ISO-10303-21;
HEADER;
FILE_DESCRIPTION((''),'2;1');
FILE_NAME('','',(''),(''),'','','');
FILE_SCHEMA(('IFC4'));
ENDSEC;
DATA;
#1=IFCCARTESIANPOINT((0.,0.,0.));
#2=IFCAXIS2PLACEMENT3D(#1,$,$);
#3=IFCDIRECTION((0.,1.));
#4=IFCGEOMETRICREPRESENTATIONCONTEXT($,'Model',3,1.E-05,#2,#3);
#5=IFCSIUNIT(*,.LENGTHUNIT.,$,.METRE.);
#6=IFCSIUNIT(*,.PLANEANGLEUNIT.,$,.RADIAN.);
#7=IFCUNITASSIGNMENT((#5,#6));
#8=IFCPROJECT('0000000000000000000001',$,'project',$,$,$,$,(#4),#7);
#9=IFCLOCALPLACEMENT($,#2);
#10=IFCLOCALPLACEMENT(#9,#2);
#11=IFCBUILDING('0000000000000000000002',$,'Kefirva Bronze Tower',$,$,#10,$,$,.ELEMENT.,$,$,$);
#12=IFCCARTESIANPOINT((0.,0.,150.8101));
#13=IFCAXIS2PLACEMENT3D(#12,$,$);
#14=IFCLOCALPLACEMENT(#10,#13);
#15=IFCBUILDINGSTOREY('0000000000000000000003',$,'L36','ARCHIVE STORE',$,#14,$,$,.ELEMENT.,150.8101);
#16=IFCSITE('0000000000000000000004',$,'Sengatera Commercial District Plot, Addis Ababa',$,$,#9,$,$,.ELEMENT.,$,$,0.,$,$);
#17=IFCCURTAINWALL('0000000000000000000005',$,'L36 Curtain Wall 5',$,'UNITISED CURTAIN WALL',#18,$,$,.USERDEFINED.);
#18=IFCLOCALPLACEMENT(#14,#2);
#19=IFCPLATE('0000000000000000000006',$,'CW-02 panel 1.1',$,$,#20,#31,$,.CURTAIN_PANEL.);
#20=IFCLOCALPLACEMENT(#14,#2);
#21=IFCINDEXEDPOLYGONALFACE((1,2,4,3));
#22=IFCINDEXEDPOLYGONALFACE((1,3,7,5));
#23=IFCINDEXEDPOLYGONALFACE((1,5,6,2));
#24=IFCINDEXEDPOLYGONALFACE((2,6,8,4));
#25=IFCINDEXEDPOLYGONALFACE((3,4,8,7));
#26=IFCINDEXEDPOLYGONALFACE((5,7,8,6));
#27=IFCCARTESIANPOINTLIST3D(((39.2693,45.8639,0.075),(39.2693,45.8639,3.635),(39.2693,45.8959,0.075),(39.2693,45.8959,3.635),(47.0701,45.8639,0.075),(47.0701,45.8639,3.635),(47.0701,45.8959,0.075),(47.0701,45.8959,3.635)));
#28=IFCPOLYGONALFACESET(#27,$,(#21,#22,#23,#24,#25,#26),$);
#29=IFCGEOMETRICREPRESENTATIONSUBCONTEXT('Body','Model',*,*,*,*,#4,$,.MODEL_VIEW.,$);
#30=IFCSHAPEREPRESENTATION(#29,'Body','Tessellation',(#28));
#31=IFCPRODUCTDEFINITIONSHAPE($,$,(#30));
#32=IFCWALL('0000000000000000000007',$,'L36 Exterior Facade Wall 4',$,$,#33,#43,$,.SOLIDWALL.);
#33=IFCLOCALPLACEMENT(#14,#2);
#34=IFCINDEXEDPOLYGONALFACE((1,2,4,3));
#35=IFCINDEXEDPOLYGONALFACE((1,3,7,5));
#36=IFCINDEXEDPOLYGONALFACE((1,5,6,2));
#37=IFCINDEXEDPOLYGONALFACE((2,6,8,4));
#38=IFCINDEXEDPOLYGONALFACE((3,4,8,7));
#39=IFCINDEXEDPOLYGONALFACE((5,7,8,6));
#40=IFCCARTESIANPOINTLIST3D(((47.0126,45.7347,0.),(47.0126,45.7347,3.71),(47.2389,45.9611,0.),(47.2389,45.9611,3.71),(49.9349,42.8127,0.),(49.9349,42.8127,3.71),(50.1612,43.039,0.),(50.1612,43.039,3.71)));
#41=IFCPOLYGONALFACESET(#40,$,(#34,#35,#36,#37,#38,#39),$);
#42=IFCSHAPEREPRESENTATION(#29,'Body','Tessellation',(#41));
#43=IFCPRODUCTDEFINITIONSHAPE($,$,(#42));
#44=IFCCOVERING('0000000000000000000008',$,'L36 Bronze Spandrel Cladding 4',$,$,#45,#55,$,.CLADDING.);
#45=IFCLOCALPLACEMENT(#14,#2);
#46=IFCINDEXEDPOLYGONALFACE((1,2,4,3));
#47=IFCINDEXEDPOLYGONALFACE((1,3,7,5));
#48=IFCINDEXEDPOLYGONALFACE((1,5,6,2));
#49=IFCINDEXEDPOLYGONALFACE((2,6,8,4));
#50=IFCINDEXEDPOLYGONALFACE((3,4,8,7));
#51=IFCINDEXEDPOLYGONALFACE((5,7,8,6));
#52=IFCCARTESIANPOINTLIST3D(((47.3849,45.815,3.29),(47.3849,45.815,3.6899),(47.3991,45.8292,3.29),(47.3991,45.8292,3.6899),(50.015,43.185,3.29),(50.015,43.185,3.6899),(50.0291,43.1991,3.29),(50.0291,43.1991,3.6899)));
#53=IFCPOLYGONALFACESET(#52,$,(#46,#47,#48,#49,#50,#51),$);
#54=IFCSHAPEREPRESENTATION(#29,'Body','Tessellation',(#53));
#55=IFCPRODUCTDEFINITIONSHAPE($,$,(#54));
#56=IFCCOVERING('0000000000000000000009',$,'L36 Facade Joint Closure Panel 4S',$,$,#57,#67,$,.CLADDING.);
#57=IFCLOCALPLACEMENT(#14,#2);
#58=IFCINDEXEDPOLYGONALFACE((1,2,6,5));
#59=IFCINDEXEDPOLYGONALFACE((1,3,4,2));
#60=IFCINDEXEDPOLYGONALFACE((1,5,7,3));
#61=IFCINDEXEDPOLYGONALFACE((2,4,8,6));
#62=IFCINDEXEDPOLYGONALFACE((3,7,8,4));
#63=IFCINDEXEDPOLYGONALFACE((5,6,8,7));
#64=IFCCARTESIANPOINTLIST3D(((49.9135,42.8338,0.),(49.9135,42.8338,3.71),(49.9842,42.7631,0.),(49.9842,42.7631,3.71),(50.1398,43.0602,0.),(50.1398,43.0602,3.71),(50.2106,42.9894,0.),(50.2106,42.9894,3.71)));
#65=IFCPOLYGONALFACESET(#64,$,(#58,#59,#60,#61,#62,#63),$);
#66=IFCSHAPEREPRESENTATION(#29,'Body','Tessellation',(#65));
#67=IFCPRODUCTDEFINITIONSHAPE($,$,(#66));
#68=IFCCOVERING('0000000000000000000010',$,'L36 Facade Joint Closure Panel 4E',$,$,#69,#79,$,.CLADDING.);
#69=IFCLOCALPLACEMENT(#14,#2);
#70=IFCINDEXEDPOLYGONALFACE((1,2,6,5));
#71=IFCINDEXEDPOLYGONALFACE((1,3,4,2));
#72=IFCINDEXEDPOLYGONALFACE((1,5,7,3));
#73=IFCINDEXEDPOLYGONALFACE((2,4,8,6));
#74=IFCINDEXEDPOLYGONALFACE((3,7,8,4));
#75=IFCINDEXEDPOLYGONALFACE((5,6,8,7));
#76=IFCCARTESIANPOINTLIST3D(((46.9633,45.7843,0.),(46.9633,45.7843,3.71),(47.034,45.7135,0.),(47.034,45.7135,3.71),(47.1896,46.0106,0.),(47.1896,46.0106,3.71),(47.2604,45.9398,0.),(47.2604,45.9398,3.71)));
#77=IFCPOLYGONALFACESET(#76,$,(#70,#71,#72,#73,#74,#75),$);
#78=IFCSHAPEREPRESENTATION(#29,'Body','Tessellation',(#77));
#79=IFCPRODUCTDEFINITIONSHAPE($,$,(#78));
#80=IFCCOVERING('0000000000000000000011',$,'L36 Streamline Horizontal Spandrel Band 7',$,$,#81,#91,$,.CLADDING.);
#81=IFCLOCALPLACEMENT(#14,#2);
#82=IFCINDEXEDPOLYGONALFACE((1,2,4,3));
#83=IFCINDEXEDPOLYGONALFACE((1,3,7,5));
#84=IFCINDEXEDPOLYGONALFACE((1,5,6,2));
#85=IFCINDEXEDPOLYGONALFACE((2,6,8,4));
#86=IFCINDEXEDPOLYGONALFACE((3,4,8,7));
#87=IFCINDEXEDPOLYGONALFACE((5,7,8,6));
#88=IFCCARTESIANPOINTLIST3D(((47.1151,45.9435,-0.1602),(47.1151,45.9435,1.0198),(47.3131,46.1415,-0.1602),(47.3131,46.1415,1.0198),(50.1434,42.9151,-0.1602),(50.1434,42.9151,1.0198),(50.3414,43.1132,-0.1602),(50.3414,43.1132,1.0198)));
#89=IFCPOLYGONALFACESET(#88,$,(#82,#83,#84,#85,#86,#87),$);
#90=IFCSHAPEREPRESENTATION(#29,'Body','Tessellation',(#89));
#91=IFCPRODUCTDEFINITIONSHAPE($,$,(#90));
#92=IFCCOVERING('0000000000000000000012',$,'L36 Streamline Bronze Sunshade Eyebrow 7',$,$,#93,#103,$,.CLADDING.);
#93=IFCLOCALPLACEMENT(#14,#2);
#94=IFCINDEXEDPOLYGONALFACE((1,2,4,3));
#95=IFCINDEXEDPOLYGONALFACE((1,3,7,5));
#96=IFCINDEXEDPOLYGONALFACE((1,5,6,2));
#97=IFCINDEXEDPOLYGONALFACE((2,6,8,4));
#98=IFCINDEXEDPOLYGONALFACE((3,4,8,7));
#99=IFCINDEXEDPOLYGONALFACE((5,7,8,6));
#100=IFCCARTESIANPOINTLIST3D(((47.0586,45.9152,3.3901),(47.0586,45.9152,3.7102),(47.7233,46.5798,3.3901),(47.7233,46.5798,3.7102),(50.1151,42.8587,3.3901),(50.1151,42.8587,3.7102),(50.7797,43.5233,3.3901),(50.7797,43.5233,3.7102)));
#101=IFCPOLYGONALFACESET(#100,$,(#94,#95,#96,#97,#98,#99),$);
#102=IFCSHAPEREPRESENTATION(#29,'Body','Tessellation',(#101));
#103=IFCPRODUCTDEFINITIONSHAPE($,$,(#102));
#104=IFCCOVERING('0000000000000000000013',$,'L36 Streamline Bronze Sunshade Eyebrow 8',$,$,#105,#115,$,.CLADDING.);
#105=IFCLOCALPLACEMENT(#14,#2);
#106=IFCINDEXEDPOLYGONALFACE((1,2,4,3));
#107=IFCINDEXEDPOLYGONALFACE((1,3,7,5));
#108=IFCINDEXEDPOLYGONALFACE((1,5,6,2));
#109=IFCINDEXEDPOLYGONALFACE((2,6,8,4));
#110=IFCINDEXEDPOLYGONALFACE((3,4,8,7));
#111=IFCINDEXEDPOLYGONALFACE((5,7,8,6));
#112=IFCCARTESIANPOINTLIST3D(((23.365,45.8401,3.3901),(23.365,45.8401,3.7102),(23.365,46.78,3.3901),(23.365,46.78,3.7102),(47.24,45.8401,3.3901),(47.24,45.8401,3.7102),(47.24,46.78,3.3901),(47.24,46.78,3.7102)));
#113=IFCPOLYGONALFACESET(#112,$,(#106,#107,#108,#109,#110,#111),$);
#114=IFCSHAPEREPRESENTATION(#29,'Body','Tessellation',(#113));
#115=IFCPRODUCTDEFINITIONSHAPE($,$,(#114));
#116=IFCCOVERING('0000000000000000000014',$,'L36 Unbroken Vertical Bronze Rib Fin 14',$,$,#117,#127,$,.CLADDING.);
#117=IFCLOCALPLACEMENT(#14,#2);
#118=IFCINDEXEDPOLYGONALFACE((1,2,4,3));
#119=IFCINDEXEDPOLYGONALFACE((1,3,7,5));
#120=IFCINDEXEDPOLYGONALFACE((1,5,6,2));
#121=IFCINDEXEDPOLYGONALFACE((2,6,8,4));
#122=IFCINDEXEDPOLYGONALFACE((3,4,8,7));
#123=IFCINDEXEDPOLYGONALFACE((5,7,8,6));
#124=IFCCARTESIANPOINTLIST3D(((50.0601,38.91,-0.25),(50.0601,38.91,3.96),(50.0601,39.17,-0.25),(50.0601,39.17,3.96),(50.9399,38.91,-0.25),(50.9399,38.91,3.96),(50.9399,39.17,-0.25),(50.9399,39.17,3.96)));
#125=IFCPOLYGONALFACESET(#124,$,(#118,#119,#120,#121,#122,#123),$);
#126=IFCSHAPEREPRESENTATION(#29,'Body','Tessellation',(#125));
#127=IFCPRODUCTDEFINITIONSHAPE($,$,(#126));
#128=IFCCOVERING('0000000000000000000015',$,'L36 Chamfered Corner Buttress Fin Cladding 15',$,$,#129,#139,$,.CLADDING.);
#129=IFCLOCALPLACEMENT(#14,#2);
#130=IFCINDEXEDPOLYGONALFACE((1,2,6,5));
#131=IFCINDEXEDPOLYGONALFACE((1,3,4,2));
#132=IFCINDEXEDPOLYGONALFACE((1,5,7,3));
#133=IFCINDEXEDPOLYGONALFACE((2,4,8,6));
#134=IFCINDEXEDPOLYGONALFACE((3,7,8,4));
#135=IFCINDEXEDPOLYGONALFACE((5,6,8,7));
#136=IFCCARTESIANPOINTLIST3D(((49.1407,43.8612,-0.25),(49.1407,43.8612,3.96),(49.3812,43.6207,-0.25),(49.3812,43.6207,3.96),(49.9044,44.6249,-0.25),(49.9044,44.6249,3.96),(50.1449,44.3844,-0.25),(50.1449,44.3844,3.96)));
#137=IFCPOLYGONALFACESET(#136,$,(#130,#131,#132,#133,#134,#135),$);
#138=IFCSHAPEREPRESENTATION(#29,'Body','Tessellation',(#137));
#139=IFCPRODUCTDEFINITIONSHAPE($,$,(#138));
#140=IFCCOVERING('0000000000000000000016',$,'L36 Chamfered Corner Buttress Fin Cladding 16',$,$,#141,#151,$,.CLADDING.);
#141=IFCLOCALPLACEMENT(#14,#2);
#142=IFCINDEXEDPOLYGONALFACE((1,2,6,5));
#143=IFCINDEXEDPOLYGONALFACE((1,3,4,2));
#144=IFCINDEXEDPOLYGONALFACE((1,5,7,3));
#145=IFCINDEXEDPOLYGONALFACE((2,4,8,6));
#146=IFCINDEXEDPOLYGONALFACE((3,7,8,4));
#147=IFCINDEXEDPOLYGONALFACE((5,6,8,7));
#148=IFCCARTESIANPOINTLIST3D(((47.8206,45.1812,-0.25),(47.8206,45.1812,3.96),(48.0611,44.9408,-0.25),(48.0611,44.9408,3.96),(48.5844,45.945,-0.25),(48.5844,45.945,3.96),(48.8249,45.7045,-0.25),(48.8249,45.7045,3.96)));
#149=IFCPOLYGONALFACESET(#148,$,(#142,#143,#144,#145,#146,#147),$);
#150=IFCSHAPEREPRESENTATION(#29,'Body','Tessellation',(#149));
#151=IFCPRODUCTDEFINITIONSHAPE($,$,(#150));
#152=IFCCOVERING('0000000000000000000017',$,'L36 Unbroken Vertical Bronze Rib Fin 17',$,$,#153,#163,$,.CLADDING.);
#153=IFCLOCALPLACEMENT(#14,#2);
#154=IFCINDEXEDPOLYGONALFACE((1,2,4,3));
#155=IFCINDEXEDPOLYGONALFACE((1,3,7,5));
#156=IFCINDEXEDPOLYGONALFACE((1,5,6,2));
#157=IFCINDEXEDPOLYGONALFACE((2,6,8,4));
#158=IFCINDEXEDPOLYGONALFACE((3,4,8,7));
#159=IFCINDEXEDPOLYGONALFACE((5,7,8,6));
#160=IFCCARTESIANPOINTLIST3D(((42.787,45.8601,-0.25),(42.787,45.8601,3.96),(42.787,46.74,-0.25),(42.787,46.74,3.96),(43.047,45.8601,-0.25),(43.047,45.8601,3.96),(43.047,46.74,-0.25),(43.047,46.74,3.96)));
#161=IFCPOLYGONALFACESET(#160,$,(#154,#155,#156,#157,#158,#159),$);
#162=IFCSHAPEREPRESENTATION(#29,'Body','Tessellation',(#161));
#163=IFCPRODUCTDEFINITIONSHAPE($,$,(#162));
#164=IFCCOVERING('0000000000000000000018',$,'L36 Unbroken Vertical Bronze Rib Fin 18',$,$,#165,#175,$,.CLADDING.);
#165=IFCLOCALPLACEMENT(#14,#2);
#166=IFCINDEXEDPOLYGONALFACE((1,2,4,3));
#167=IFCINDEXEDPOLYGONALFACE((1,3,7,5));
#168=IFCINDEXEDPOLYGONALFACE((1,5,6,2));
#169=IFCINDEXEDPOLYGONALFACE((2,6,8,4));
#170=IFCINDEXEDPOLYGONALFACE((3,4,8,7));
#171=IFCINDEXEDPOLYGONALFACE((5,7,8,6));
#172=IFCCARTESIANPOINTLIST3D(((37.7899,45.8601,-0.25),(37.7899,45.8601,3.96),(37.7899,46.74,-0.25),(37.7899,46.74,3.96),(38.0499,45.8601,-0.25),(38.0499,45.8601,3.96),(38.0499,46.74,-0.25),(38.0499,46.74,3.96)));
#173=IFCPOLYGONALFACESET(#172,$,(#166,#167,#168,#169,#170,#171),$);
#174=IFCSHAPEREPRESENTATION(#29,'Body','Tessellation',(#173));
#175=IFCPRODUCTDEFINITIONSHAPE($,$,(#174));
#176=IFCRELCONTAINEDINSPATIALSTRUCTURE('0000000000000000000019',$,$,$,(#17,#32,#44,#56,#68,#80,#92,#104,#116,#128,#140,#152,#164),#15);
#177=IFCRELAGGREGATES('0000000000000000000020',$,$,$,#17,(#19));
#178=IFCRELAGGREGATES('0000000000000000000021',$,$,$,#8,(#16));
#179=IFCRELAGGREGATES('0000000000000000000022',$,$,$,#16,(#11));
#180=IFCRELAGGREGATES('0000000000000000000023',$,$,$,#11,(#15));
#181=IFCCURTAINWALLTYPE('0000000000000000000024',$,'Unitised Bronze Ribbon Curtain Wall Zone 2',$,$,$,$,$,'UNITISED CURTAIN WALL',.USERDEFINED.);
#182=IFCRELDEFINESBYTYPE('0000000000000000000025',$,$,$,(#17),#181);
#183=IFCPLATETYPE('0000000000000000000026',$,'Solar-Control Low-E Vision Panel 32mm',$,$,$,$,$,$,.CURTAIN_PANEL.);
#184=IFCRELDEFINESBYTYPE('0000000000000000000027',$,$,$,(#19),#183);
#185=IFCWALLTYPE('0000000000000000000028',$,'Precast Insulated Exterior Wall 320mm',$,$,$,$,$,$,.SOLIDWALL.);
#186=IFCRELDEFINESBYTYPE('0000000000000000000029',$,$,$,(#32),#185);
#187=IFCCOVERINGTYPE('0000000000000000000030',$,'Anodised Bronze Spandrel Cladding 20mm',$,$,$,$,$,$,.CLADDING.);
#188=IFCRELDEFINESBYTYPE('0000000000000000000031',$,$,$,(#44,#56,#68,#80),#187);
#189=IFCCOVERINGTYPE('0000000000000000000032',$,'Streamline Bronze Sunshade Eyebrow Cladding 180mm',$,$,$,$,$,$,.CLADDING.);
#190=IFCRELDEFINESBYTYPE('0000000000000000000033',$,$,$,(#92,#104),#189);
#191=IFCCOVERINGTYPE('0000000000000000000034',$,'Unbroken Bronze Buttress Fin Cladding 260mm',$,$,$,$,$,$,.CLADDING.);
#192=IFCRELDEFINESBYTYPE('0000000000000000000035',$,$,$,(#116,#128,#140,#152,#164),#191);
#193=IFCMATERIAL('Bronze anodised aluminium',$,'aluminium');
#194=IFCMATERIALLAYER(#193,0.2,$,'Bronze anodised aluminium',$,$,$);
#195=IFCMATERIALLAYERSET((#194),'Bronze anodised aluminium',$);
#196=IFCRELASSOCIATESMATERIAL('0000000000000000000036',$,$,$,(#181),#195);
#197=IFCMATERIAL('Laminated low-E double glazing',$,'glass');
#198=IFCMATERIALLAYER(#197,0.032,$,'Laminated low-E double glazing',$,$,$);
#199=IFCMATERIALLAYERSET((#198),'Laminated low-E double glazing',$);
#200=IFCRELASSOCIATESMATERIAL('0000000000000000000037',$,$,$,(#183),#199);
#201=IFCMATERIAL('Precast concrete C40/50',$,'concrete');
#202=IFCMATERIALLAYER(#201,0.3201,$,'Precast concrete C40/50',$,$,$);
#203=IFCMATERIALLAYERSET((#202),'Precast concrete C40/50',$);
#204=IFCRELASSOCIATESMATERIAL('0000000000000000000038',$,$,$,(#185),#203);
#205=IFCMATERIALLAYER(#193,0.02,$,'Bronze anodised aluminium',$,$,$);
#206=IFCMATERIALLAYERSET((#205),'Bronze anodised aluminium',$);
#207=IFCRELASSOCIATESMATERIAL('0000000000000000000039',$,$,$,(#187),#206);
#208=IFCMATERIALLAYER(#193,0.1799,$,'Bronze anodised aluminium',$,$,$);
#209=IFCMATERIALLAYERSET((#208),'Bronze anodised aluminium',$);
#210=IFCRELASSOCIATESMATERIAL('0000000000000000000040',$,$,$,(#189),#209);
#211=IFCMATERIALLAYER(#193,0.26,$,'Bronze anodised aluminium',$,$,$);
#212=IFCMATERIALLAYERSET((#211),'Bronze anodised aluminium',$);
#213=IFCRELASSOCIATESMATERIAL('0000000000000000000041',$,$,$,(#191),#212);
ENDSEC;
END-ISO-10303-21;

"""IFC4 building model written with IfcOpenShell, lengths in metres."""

from ifc_helpers import new_model, si_unit, direction, frame, frame_2d, origin, origin_2d, place, context, subcontext, project, spatial, rectangle, extrude, material, layer, layer_set, type_object, element, aggregate, save


model = new_model("IFC4")

# Units and contexts
model_context = context("Model", 3, precision=1e-05, world=origin(), true_north=direction((0.0, 1.0)))
body_context = subcontext(model_context, "Body", "Model", "MODEL_VIEW")
ifc_project = project(units=[si_unit("LENGTHUNIT", "METRE"), si_unit("PLANEANGLEUNIT", "RADIAN")], contexts=[model_context])

# Site, building, storey
site_placement = place(None, origin())
site = spatial("IfcSite", under=ifc_project, at=site_placement, Name="Sengatera Commercial District Plot, Addis Ababa", CompositionType="ELEMENT", RefElevation=0.0)
building_placement = place(site_placement, origin())
building = spatial("IfcBuilding", under=site, at=building_placement, Name="Kefirva Bronze Tower", CompositionType="ELEMENT")
storey_placement = place(building_placement, frame((0.0, 0.0, 150.8101)))
storey = spatial("IfcBuildingStorey", under=building, at=storey_placement, Name="L36", Description="ARCHIVE STORE", CompositionType="ELEMENT", Elevation=150.8101)

# Shared definitions
ifc_material_1 = material(Name="Bronze anodised aluminium", Category="aluminium")
ifc_layer_1 = layer(ifc_material_1, 0.2, Name="Bronze anodised aluminium")
ifc_layer_set_1 = layer_set([ifc_layer_1], Name="Bronze anodised aluminium")
curtain_wall_type = type_object("IfcCurtainWallType", Name="Unitised Bronze Ribbon Curtain Wall Zone 2", ElementType="UNITISED CURTAIN WALL", PredefinedType="USERDEFINED", material=ifc_layer_set_1)

# Curtain wall
curtain_wall_1_placement = place(storey_placement, origin())
curtain_wall_1 = element("IfcCurtainWall", 1, at=curtain_wall_1_placement, inside=storey, type_object=curtain_wall_type, Name="L36 Curtain Wall 5", ObjectType="UNITISED CURTAIN WALL", PredefinedType="USERDEFINED")

# Plate
ifc_material_2 = material(Name="Laminated low-E double glazing", Category="glass")
ifc_layer_2 = layer(ifc_material_2, 0.032, Name="Laminated low-E double glazing")
ifc_layer_set_2 = layer_set([ifc_layer_2], Name="Laminated low-E double glazing")
plate_type = type_object("IfcPlateType", Name="Solar-Control Low-E Vision Panel 32mm", PredefinedType="CURTAIN_PANEL", material=ifc_layer_set_2)
plate_placement = place(storey_placement, frame((43.1697, 45.8799, 0.075), z_axis=(0.0, 0.0, 1.0), x_axis=(-1.0, 0.0, 0.0)))
plate = element("IfcPlate", 2, at=plate_placement, type_object=plate_type, Name="CW-02 panel 1.1", PredefinedType="CURTAIN_PANEL", context=body_context, shape_type="SweptSolid", body=[
    extrude(rectangle(XDim=7.8008, YDim=0.032, at=origin_2d()), origin(), (0.0, 0.0, 1.0), 3.5601),
])
aggregate(curtain_wall_1, [plate])

# Wall
ifc_material_3 = material(Name="Precast concrete C40/50", Category="concrete")
ifc_layer_3 = layer(ifc_material_3, 0.3201, Name="Precast concrete C40/50")
ifc_layer_set_3 = layer_set([ifc_layer_3], Name="Precast concrete C40/50")
wall_type = type_object("IfcWallType", Name="Precast Insulated Exterior Wall 320mm", PredefinedType="SOLIDWALL", material=ifc_layer_set_3)
wall_placement = place(storey_placement, frame((50.0481, 42.9258, 0.0), z_axis=(0.0, 0.0, 1.0), x_axis=(-0.707136, 0.707077, 0.0)))
element("IfcWall", 3, at=wall_placement, inside=storey, type_object=wall_type, Name="L36 Exterior Facade Wall 4", PredefinedType="SOLIDWALL", context=body_context, shape_type="SweptSolid", body=[
    extrude(rectangle(XDim=4.1326, YDim=0.3201, at=frame_2d((2.0664, 0.0))), origin(), (0.0, 0.0, 1.0), 3.71),
])

# Coverings
ifc_layer_4 = layer(ifc_material_1, 0.02, Name="Bronze anodised aluminium")
ifc_layer_set_4 = layer_set([ifc_layer_4], Name="Bronze anodised aluminium")
covering_type_1 = type_object("IfcCoveringType", Name="Anodised Bronze Spandrel Cladding 20mm", PredefinedType="CLADDING", material=ifc_layer_set_4)
covering_1_placement = place(storey_placement, frame((48.707, 44.5071, 3.29), z_axis=(0.0, 0.0, 1.0), x_axis=(-0.707107, 0.707107, 0.0)))
element("IfcCovering", 4, at=covering_1_placement, inside=storey, type_object=covering_type_1, Name="L36 Bronze Spandrel Cladding 4", PredefinedType="CLADDING", context=body_context, shape_type="SweptSolid", body=[
    extrude(rectangle(XDim=3.7195, YDim=0.02, at=origin_2d()), origin(), (0.0, 0.0, 1.0), 0.3999),
])
for number, where, z_axis, x_axis, name in (
    (5, (50.062, 42.9116, 0.0), (0.0, 0.0, 1.0), (-0.707107, 0.707107, 0.0), "L36 Facade Joint Closure Panel 4S"),
    (6, (47.1118, 45.8621, 0.0), (0.0, 0.0, 1.0), (-0.707107, 0.707107, 0.0), "L36 Facade Joint Closure Panel 4E"),
):
    element("IfcCovering", number, at=place(storey_placement, frame(where, z_axis=z_axis, x_axis=x_axis)), inside=storey, type_object=covering_type_1, Name=name, PredefinedType="CLADDING", context=body_context, shape_type="SweptSolid", body=[
        extrude(rectangle(XDim=0.1001, YDim=0.3201, at=origin_2d()), origin(), (0.0, 0.0, 1.0), 3.71),
    ])
covering_2_placement = place(storey_placement, frame((48.7283, 44.5283, -0.1602), z_axis=(0.0, 0.0, 1.0), x_axis=(-0.707107, 0.707107, 0.0)))
element("IfcCovering", 7, at=covering_2_placement, inside=storey, type_object=covering_type_1, Name="L36 Streamline Horizontal Spandrel Band 7", PredefinedType="CLADDING", context=body_context, shape_type="SweptSolid", body=[
    extrude(rectangle(XDim=4.2827, YDim=0.28, at=origin_2d()), origin(), (0.0, 0.0, 1.0), 1.1799),
])
ifc_layer_5 = layer(ifc_material_1, 0.1799, Name="Bronze anodised aluminium")
ifc_layer_set_5 = layer_set([ifc_layer_5], Name="Bronze anodised aluminium")
covering_type_2 = type_object("IfcCoveringType", Name="Streamline Bronze Sunshade Eyebrow Cladding 180mm", PredefinedType="CLADDING", material=ifc_layer_set_5)
covering_3_placement = place(storey_placement, frame((48.9192, 44.7192, 3.3901), z_axis=(0.0, 0.0, 1.0), x_axis=(-0.707107, 0.707107, 0.0)))
element("IfcCovering", 8, at=covering_3_placement, inside=storey, type_object=covering_type_2, Name="L36 Streamline Bronze Sunshade Eyebrow 7", PredefinedType="CLADDING", context=body_context, shape_type="SweptSolid", body=[
    extrude(rectangle(XDim=4.3225, YDim=0.9399, at=origin_2d()), origin(), (0.0, 0.0, 1.0), 0.3201),
])
covering_4_placement = place(storey_placement, frame((35.3025, 46.3101, 3.3901), z_axis=(0.0, 0.0, 1.0), x_axis=(-1.0, 0.0, 0.0)))
element("IfcCovering", 9, at=covering_4_placement, inside=storey, type_object=covering_type_2, Name="L36 Streamline Bronze Sunshade Eyebrow 8", PredefinedType="CLADDING", context=body_context, shape_type="SweptSolid", body=[
    extrude(rectangle(XDim=23.875, YDim=0.9399, at=origin_2d()), origin(), (0.0, 0.0, 1.0), 0.3201),
])
ifc_layer_6 = layer(ifc_material_1, 0.26, Name="Bronze anodised aluminium")
ifc_layer_set_6 = layer_set([ifc_layer_6], Name="Bronze anodised aluminium")
covering_type_3 = type_object("IfcCoveringType", Name="Unbroken Bronze Buttress Fin Cladding 260mm", PredefinedType="CLADDING", material=ifc_layer_set_6)
covering_5_placement = place(storey_placement, frame((50.5, 39.04, -0.25), z_axis=(0.0, 0.0, 1.0), x_axis=(0.0, 1.0, 0.0)))
element("IfcCovering", 10, at=covering_5_placement, inside=storey, type_object=covering_type_3, Name="L36 Unbroken Vertical Bronze Rib Fin 14", PredefinedType="CLADDING", context=body_context, shape_type="SweptSolid", body=[
    extrude(rectangle(XDim=0.26, YDim=0.8799, at=origin_2d()), origin(), (0.0, 0.0, 1.0), 4.21),
])
for number, where, z_axis, x_axis, name in (
    (11, (49.6428, 44.1228, -0.25), (0.0, 0.0, 1.0), (-0.707107, 0.707107, 0.0), "L36 Chamfered Corner Buttress Fin Cladding 15"),
    (12, (48.3228, 45.4429, -0.25), (0.0, 0.0, 1.0), (-0.707107, 0.707107, 0.0), "L36 Chamfered Corner Buttress Fin Cladding 16"),
):
    element("IfcCovering", number, at=place(storey_placement, frame(where, z_axis=z_axis, x_axis=x_axis)), inside=storey, type_object=covering_type_3, Name=name, PredefinedType="CLADDING", context=body_context, shape_type="SweptSolid", body=[
        extrude(rectangle(XDim=0.3401, YDim=1.0801, at=origin_2d()), origin(), (0.0, 0.0, 1.0), 4.21),
    ])
for number, where, z_axis, x_axis, name in (
    (13, (42.917, 46.3, -0.25), (0.0, 0.0, 1.0), (-1.0, 0.0, 0.0), "L36 Unbroken Vertical Bronze Rib Fin 17"),
    (14, (37.9199, 46.3, -0.25), (0.0, 0.0, 1.0), (-1.0, 0.0, 0.0), "L36 Unbroken Vertical Bronze Rib Fin 18"),
):
    element("IfcCovering", number, at=place(storey_placement, frame(where, z_axis=z_axis, x_axis=x_axis)), inside=storey, type_object=covering_type_3, Name=name, PredefinedType="CLADDING", context=body_context, shape_type="SweptSolid", body=[
        extrude(rectangle(XDim=0.26, YDim=0.8799, at=origin_2d()), origin(), (0.0, 0.0, 1.0), 4.21),
    ])

save(model, "model.ifc")
